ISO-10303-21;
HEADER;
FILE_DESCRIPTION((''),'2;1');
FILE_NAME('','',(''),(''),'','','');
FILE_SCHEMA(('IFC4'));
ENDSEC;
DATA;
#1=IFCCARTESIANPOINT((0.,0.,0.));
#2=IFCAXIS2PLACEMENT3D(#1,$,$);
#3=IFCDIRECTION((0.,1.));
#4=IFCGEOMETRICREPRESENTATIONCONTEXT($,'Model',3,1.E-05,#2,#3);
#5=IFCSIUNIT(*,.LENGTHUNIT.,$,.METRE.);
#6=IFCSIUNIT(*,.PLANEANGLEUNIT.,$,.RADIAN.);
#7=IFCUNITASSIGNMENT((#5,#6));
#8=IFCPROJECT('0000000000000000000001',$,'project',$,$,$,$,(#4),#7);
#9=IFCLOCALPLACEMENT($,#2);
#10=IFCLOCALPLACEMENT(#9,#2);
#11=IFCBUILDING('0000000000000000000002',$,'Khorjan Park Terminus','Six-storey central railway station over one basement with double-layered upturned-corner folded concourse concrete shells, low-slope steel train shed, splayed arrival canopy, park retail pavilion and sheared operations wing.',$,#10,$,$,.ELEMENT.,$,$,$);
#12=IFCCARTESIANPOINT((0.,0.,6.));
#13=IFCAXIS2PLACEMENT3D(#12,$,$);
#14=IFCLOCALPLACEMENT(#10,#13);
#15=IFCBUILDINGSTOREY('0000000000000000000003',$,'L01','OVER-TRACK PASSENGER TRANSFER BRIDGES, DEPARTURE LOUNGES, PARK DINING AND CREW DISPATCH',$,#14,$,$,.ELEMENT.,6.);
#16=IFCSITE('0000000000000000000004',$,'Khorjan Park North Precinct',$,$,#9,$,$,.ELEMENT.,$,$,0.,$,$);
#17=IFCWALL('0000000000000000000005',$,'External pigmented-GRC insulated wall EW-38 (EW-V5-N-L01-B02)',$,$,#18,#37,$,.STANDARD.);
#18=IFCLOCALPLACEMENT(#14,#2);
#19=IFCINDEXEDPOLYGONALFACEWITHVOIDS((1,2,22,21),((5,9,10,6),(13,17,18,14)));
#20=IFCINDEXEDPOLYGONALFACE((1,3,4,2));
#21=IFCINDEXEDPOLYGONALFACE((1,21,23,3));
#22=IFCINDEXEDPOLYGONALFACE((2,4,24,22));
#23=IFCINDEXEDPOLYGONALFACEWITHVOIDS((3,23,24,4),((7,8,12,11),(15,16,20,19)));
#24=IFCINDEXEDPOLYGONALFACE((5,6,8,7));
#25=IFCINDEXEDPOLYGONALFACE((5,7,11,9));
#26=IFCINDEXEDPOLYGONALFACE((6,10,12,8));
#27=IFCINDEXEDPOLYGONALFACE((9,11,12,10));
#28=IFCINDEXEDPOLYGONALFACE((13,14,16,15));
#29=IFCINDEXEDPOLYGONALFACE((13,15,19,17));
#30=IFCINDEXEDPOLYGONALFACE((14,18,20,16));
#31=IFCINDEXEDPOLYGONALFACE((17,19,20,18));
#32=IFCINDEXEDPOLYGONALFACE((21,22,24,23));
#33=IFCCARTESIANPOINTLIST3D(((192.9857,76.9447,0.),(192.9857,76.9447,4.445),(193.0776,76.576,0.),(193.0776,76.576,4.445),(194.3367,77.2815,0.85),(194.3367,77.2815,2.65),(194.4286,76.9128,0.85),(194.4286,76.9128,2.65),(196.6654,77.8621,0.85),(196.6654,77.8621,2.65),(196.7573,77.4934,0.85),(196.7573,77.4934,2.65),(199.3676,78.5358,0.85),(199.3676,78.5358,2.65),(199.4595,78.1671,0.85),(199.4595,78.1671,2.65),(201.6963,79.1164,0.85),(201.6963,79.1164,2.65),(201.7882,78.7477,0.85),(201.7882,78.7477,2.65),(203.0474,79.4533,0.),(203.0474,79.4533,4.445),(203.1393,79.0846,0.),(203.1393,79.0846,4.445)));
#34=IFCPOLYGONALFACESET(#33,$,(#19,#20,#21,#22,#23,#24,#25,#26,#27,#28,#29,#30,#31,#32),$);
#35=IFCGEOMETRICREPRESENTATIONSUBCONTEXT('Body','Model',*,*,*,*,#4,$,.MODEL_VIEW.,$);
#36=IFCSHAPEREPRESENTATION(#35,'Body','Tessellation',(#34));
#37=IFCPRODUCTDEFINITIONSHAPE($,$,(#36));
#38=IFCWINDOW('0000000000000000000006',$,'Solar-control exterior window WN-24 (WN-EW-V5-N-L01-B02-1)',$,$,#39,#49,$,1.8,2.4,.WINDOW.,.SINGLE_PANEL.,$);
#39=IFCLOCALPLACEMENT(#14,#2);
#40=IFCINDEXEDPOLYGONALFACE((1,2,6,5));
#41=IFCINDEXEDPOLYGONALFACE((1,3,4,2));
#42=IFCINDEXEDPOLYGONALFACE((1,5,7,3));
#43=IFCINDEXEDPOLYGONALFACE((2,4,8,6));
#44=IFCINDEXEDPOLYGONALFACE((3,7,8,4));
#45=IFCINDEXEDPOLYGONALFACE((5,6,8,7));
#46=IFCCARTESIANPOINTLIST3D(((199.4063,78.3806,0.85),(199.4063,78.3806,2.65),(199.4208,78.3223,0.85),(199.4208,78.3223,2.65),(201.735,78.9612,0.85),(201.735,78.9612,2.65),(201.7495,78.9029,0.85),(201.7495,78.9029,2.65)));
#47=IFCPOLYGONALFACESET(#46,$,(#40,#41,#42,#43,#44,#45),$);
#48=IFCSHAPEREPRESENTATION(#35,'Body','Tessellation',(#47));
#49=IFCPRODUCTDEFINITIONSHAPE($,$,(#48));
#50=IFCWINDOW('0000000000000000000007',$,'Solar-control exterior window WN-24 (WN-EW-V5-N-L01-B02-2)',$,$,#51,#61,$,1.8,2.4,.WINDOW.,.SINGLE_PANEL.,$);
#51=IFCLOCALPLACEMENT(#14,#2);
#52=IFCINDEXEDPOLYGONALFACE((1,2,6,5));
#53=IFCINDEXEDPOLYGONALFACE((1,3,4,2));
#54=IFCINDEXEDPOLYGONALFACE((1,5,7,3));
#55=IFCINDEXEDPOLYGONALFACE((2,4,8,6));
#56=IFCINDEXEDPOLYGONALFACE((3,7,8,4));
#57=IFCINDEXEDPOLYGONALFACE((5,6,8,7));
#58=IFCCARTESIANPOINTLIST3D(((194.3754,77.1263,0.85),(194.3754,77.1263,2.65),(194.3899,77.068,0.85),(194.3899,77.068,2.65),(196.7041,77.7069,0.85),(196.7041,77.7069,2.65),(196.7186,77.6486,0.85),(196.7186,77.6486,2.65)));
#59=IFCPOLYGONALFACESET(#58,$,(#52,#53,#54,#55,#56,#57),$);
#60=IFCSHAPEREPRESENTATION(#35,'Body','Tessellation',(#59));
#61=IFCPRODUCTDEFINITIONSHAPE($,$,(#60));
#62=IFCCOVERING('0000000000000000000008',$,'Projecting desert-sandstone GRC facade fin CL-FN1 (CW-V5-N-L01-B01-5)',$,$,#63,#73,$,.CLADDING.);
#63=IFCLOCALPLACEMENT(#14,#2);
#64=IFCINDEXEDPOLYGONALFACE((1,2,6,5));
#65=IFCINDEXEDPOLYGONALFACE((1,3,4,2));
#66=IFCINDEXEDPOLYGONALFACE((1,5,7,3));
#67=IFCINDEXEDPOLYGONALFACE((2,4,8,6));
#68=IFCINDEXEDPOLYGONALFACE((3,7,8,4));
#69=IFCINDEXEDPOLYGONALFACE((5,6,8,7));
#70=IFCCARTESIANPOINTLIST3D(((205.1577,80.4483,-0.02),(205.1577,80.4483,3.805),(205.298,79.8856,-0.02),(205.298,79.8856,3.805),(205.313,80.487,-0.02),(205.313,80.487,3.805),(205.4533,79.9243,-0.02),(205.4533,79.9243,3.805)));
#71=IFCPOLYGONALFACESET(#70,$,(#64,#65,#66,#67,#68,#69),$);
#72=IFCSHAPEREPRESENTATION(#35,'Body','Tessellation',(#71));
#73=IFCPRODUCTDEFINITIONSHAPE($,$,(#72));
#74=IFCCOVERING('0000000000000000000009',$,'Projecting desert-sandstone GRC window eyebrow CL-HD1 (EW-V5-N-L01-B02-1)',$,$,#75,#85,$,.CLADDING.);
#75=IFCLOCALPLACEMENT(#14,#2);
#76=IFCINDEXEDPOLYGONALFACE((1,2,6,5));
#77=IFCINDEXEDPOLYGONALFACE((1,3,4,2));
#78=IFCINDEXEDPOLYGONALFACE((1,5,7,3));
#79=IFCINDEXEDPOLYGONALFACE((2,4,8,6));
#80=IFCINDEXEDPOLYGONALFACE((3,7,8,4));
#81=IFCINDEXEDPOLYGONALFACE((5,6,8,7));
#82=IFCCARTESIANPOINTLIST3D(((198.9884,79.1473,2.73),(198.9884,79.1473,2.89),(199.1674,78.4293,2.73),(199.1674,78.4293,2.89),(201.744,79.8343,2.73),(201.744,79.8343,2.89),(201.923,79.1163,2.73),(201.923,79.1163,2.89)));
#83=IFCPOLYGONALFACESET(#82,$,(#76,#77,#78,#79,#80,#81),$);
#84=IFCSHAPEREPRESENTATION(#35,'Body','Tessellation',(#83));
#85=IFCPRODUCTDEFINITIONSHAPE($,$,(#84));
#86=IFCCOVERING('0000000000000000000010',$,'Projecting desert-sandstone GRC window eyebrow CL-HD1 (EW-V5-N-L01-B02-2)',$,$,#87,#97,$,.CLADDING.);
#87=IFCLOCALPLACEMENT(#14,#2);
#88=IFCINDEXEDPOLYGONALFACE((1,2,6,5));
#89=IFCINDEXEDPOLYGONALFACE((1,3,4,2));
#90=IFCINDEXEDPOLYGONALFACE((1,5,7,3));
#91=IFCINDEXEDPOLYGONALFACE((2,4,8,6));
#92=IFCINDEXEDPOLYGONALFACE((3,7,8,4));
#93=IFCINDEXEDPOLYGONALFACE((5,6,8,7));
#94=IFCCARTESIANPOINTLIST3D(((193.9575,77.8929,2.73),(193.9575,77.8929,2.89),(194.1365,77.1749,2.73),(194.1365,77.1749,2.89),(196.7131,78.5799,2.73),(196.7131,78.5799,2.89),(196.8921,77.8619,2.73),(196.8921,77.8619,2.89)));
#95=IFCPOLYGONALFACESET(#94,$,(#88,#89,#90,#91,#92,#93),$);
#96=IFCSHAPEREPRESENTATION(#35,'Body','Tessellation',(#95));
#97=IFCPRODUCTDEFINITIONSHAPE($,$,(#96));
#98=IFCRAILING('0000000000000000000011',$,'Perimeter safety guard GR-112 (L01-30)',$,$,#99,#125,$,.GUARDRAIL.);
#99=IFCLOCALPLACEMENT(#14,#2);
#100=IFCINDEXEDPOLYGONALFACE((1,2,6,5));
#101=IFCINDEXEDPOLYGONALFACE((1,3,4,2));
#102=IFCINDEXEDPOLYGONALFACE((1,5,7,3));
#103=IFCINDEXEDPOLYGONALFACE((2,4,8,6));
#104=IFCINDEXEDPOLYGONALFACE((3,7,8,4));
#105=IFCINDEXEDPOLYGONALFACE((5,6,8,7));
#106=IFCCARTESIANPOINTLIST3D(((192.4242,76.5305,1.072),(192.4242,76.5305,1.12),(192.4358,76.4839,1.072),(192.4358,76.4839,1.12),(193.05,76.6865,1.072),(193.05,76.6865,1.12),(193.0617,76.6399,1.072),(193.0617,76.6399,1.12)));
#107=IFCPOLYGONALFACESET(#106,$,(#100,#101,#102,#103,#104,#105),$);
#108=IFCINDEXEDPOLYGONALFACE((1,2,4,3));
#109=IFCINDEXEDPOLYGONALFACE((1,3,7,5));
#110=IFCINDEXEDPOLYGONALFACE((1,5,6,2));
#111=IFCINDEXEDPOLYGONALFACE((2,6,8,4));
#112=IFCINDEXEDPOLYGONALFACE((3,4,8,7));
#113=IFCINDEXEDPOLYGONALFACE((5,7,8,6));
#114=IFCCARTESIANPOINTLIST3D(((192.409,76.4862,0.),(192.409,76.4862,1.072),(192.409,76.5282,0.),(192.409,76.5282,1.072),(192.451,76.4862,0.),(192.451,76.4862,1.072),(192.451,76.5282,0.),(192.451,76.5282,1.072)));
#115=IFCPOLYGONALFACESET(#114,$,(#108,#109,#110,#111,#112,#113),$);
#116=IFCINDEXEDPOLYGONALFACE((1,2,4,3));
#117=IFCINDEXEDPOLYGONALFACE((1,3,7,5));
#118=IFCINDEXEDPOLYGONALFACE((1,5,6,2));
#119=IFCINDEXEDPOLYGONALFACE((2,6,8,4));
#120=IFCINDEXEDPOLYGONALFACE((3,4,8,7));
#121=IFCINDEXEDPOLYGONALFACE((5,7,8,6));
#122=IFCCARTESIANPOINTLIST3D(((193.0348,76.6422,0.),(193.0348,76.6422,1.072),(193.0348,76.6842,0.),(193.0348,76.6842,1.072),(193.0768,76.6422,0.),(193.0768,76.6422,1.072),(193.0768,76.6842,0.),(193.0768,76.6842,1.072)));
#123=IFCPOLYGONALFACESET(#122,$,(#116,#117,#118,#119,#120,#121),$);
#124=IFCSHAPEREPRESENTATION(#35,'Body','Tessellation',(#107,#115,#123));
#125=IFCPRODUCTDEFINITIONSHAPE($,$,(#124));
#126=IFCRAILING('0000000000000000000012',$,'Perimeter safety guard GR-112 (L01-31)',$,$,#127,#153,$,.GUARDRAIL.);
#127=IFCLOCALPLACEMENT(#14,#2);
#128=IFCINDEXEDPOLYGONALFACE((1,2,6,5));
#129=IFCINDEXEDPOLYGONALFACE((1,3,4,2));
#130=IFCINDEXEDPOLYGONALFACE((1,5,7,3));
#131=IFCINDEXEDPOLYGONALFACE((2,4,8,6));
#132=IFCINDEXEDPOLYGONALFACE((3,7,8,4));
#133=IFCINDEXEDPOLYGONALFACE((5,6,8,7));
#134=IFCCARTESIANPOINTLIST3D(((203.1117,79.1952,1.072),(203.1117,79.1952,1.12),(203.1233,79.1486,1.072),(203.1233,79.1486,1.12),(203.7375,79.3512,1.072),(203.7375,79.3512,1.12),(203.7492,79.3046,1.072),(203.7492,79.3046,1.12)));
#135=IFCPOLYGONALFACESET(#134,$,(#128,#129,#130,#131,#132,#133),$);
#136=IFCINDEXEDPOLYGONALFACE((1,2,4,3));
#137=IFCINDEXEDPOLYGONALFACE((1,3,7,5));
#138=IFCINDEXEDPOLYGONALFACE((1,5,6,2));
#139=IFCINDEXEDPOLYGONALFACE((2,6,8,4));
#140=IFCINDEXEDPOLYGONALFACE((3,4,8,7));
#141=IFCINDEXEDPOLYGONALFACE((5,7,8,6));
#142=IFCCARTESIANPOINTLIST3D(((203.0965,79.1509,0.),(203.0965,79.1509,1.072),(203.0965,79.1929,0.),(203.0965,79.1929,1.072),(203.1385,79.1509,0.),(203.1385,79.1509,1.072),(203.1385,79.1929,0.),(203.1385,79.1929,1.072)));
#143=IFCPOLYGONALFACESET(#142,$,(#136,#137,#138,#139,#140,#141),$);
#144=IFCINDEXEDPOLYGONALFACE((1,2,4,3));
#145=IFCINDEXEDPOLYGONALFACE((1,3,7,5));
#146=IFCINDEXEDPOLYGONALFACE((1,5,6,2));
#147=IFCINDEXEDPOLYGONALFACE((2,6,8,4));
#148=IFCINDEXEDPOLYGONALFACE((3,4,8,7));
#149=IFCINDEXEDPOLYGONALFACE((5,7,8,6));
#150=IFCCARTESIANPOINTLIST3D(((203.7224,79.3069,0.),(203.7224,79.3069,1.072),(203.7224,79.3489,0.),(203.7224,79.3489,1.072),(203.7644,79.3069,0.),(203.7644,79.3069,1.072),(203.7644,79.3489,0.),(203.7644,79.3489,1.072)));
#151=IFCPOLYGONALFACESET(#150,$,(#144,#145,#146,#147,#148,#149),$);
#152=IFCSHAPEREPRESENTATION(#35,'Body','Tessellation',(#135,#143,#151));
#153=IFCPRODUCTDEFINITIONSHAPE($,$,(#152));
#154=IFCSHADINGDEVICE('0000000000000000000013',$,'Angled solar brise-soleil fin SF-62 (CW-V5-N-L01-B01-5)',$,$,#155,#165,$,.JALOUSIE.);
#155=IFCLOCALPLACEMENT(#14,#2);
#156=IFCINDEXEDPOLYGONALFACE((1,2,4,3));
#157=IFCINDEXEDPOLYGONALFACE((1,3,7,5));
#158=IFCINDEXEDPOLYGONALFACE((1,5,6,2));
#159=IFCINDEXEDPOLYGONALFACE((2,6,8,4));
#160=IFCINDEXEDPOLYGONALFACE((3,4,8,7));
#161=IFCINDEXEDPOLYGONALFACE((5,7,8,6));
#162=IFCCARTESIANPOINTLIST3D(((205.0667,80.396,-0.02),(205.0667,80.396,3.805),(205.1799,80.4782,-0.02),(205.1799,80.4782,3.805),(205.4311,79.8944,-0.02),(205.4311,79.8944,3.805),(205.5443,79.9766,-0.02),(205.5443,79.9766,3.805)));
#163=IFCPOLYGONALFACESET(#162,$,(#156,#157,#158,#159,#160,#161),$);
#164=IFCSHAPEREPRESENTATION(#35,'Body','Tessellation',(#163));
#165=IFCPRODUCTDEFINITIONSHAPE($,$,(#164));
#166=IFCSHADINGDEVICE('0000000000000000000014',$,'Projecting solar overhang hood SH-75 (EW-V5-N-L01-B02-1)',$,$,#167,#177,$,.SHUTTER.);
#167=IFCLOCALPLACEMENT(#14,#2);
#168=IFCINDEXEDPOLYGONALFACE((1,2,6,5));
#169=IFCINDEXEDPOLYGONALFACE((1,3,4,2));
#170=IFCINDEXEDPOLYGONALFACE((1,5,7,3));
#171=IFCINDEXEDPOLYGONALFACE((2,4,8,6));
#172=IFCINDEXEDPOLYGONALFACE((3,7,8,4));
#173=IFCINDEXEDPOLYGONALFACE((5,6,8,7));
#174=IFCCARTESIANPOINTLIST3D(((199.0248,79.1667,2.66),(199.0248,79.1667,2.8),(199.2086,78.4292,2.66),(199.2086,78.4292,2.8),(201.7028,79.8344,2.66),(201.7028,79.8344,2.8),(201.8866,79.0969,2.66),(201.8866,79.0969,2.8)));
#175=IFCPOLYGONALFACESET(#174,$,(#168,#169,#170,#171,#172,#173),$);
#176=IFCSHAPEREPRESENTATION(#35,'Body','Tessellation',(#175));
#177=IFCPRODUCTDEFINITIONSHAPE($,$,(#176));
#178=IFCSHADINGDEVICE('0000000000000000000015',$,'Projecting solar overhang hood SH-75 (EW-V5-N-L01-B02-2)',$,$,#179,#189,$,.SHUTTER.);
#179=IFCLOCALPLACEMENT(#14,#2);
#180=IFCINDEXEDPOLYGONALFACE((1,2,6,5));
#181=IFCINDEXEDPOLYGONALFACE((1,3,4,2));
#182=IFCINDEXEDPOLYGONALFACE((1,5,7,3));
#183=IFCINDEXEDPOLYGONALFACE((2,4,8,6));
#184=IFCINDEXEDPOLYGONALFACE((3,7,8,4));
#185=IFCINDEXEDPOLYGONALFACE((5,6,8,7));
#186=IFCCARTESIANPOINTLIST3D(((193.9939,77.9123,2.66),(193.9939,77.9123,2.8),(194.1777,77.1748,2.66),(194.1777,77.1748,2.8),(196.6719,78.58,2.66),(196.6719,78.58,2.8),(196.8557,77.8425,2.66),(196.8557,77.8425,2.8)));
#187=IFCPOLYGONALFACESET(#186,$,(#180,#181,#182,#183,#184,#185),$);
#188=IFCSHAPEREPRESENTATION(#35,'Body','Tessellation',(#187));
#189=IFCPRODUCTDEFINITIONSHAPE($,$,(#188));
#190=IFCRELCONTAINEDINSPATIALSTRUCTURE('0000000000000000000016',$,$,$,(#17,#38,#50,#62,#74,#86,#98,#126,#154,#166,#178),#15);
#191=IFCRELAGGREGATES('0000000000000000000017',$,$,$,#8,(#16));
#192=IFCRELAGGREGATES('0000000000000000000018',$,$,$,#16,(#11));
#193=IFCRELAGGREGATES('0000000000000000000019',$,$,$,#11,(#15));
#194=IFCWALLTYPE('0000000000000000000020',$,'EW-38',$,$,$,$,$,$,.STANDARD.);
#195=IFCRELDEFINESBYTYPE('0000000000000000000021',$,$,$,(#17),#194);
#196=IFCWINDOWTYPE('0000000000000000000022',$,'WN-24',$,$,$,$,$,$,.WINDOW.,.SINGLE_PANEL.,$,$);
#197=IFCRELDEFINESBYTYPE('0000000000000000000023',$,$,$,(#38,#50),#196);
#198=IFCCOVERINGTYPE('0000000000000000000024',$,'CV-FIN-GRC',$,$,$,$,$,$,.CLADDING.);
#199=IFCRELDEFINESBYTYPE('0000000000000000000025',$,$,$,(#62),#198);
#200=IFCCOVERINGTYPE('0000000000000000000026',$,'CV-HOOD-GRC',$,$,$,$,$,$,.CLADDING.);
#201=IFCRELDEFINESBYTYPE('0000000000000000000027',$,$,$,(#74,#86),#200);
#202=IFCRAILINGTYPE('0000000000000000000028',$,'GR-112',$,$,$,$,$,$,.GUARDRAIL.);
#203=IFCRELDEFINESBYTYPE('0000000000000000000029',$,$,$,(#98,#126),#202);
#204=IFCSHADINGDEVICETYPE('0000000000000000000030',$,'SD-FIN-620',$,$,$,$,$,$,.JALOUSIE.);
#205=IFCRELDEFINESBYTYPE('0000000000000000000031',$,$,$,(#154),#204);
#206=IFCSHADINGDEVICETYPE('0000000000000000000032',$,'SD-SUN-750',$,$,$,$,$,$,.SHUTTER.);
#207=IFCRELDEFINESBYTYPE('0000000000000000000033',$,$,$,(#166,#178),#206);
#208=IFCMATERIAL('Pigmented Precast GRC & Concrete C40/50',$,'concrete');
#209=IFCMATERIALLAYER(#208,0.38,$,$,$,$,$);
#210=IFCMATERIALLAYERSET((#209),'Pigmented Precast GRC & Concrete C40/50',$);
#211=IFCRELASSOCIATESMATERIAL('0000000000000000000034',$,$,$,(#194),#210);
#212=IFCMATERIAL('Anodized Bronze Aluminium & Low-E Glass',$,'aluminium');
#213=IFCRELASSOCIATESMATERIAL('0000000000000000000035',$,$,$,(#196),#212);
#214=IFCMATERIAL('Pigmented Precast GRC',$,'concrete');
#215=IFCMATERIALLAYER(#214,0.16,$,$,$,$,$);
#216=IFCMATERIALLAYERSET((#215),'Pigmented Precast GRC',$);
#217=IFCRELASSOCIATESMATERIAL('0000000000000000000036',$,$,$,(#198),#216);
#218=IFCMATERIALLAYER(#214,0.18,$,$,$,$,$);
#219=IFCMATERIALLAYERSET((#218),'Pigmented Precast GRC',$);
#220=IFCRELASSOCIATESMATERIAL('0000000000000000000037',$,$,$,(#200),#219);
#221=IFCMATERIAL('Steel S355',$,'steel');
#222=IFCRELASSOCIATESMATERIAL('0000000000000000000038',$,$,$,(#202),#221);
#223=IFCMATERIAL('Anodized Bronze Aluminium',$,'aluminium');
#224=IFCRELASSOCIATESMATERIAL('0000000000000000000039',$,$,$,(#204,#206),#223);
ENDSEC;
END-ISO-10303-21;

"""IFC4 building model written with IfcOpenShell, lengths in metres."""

from ifc_helpers import new_model, si_unit, direction, frame, frame_2d, origin, origin_2d, place, context, subcontext, project, spatial, rectangle, extrude, material, layer, layer_set, type_object, element, fill, save


model = new_model("IFC4")

# Units and contexts
model_context = context("Model", 3, precision=1e-05, world=origin(), true_north=direction((0.0, 1.0)))
body_context = subcontext(model_context, "Body", "Model", "MODEL_VIEW")
ifc_project = project(units=[si_unit("LENGTHUNIT", "METRE"), si_unit("PLANEANGLEUNIT", "RADIAN")], contexts=[model_context])

# Site, building, storey
site_placement = place(None, origin())
site = spatial("IfcSite", under=ifc_project, at=site_placement, Name="Khorjan Park North Precinct", CompositionType="ELEMENT", RefElevation=0.0)
building_placement = place(site_placement, origin())
building = spatial("IfcBuilding", under=site, at=building_placement, Name="Khorjan Park Terminus", Description="Six-storey central railway station over one basement with double-layered upturned-corner folded concourse concrete shells, low-slope steel train shed, splayed arrival canopy, park retail pavilion and sheared operations wing.", CompositionType="ELEMENT")
storey_placement = place(building_placement, frame((0.0, 0.0, 6.0)))
storey = spatial("IfcBuildingStorey", under=building, at=storey_placement, Name="L01", Description="OVER-TRACK PASSENGER TRANSFER BRIDGES, DEPARTURE LOUNGES, PARK DINING AND CREW DISPATCH", CompositionType="ELEMENT", Elevation=6.0)

# Shared definitions
ifc_material_1 = material(Name="Steel S355", Category="steel")

# Shared definitions
ifc_material_2 = material(Name="Anodized Bronze Aluminium", Category="aluminium")

# Wall, openings, windows
ifc_material_3 = material(Name="Pigmented Precast GRC & Concrete C40/50", Category="concrete")
ifc_layer_1 = layer(ifc_material_3, 0.38)
ifc_layer_set_1 = layer_set([ifc_layer_1], Name="Pigmented Precast GRC & Concrete C40/50")
wall_type = type_object("IfcWallType", Name="EW-38", PredefinedType="STANDARD", material=ifc_layer_set_1)
wall_placement = place(storey_placement, frame((203.0933, 79.2689, 0.0), z_axis=(0.0, 0.0, 1.0), x_axis=(-0.970297, -0.241916, 0.0)))
wall = element("IfcWall", 1, at=wall_placement, inside=storey, type_object=wall_type, Name="External pigmented-GRC insulated wall EW-38 (EW-V5-N-L01-B02)", PredefinedType="STANDARD", context=body_context, shape_type="SweptSolid", body=[
    extrude(rectangle(XDim=10.3697, YDim=0.38, at=frame_2d((5.1848, 0.0))), origin(), (0.0, 0.0, 1.0), 4.445),
])
opening_1_placement = place(wall_placement, frame((1.3924, 0.0, 0.85)))
opening_1 = element("IfcOpeningElement", 2, at=opening_1_placement, cuts=wall, PredefinedType="OPENING", context=body_context, shape_type="SweptSolid", body=[
    extrude(rectangle(XDim=2.4, YDim=1.8, at=frame_2d((1.2, 0.9))), frame((0.0, 0.2, 0.0), z_axis=(0.0, -1.0, 0.0), x_axis=(1.0, 0.0, 0.0)), (0.0, 0.0, 1.0), 0.4),
])
opening_2_placement = place(wall_placement, frame((6.5773, 0.0, 0.85)))
opening_2 = element("IfcOpeningElement", 3, at=opening_2_placement, cuts=wall, PredefinedType="OPENING", context=body_context, shape_type="SweptSolid", body=[
    extrude(rectangle(XDim=2.4, YDim=1.8, at=frame_2d((1.2, 0.9))), frame((0.0, 0.2, 0.0), z_axis=(0.0, -1.0, 0.0), x_axis=(1.0, 0.0, 0.0)), (0.0, 0.0, 1.0), 0.4),
])
ifc_material_4 = material(Name="Anodized Bronze Aluminium & Low-E Glass", Category="aluminium")
window_type = type_object("IfcWindowType", Name="WN-24", PartitioningType="SINGLE_PANEL", PredefinedType="WINDOW", material=ifc_material_4)
window_1_placement = place(opening_1_placement, origin())
window_1 = element("IfcWindow", 4, at=window_1_placement, inside=storey, type_object=window_type, Name="Solar-control exterior window WN-24 (WN-EW-V5-N-L01-B02-1)", OverallHeight=1.8, OverallWidth=2.4, PartitioningType="SINGLE_PANEL", PredefinedType="WINDOW", context=body_context, shape_type="SweptSolid", body=[
    extrude(rectangle(XDim=2.4, YDim=1.8, at=frame_2d((1.2, 0.9))), frame((0.0, 0.03, 0.0), z_axis=(0.0, -1.0, 0.0), x_axis=(1.0, 0.0, 0.0)), (0.0, 0.0, 1.0), 0.06),
])
fill(opening_1, window_1)
window_2_placement = place(opening_2_placement, origin())
window_2 = element("IfcWindow", 5, at=window_2_placement, inside=storey, type_object=window_type, Name="Solar-control exterior window WN-24 (WN-EW-V5-N-L01-B02-2)", OverallHeight=1.8, OverallWidth=2.4, PartitioningType="SINGLE_PANEL", PredefinedType="WINDOW", context=body_context, shape_type="SweptSolid", body=[
    extrude(rectangle(XDim=2.4, YDim=1.8, at=frame_2d((1.2, 0.9))), frame((0.0, 0.03, 0.0), z_axis=(0.0, -1.0, 0.0), x_axis=(1.0, 0.0, 0.0)), (0.0, 0.0, 1.0), 0.06),
])
fill(opening_2, window_2)

# Coverings
ifc_material_5 = material(Name="Pigmented Precast GRC", Category="concrete")
ifc_layer_2 = layer(ifc_material_5, 0.16)
ifc_layer_set_2 = layer_set([ifc_layer_2], Name="Pigmented Precast GRC")
covering_type_1 = type_object("IfcCoveringType", Name="CV-FIN-GRC", PredefinedType="CLADDING", material=ifc_layer_set_2)
covering_placement = place(storey_placement, frame((205.3055, 80.1863, -0.02), z_axis=(0.0, 0.0, 1.0), x_axis=(0.241922, -0.970296, 0.0)))
element("IfcCovering", 6, at=covering_placement, inside=storey, type_object=covering_type_1, Name="Projecting desert-sandstone GRC facade fin CL-FN1 (CW-V5-N-L01-B01-5)", PredefinedType="CLADDING", context=body_context, shape_type="SweptSolid", body=[
    extrude(rectangle(XDim=0.58, YDim=0.16, at=origin_2d()), origin(), (0.0, 0.0, 1.0), 3.825),
])
ifc_layer_3 = layer(ifc_material_5, 0.18)
ifc_layer_set_3 = layer_set([ifc_layer_3], Name="Pigmented Precast GRC")
covering_type_2 = type_object("IfcCoveringType", Name="CV-HOOD-GRC", PredefinedType="CLADDING", material=ifc_layer_set_3)
for number, where, z_axis, x_axis, name in (
    (7, (200.4557, 79.1318, 2.73), (0.0, 0.0, 1.0), (-0.970297, -0.241916, 0.0), "Projecting desert-sandstone GRC window eyebrow CL-HD1 (EW-V5-N-L01-B02-1)"),
    (8, (195.4248, 77.8774, 2.73), (0.0, 0.0, 1.0), (-0.970297, -0.241916, 0.0), "Projecting desert-sandstone GRC window eyebrow CL-HD1 (EW-V5-N-L01-B02-2)"),
):
    element("IfcCovering", number, at=place(storey_placement, frame(where, z_axis=z_axis, x_axis=x_axis)), inside=storey, type_object=covering_type_2, Name=name, PredefinedType="CLADDING", context=body_context, shape_type="SweptSolid", body=[
        extrude(rectangle(XDim=2.84, YDim=0.74, at=origin_2d()), origin(), (0.0, 0.0, 1.0), 0.16),
    ])

# Railings
railing_type = type_object("IfcRailingType", Name="GR-112", PredefinedType="GUARDRAIL", material=ifc_material_1)
railing_1_placement = place(storey_placement, frame((192.43, 76.5072, 0.0)))
element("IfcRailing", 9, at=railing_1_placement, inside=storey, type_object=railing_type, Name="Perimeter safety guard GR-112 (L01-30)", PredefinedType="GUARDRAIL", context=body_context, shape_type="SweptSolid", body=[
    extrude(rectangle(XDim=0.048, YDim=0.048, at=origin_2d()), frame((0.0, 0.0, 1.096), z_axis=(0.970306, 0.241879, 0.0), x_axis=(-0.241879, 0.970306, 0.0)), (0.0, 0.0, 1.0), 0.645),
    extrude(rectangle(XDim=0.042, YDim=0.042, at=origin_2d()), origin(), (0.0, 0.0, 1.0), 1.072),
    extrude(rectangle(XDim=0.042, YDim=0.042, at=origin_2d()), frame((0.6258, 0.156, 0.0)), (0.0, 0.0, 1.0), 1.072),
])
railing_2_placement = place(storey_placement, frame((203.1175, 79.1719, 0.0)))
element("IfcRailing", 10, at=railing_2_placement, inside=storey, type_object=railing_type, Name="Perimeter safety guard GR-112 (L01-31)", PredefinedType="GUARDRAIL", context=body_context, shape_type="SweptSolid", body=[
    extrude(rectangle(XDim=0.048, YDim=0.048, at=origin_2d()), frame((0.0, 0.0, 1.096), z_axis=(0.970316, 0.241843, 0.0), x_axis=(-0.241843, 0.970316, 0.0)), (0.0, 0.0, 1.0), 0.645),
    extrude(rectangle(XDim=0.042, YDim=0.042, at=origin_2d()), origin(), (0.0, 0.0, 1.0), 1.072),
    extrude(rectangle(XDim=0.042, YDim=0.042, at=origin_2d()), frame((0.6259, 0.156, 0.0)), (0.0, 0.0, 1.0), 1.072),
])

# Shading devices
shading_device_type_1 = type_object("IfcShadingDeviceType", Name="SD-FIN-620", PredefinedType="JALOUSIE", material=ifc_material_2)
shading_device_placement = place(storey_placement, frame((205.3055, 80.1863, -0.02), z_axis=(0.0, 0.0, 1.0), x_axis=(0.587785, -0.809017, 0.0)))
element("IfcShadingDevice", 11, at=shading_device_placement, inside=storey, type_object=shading_device_type_1, Name="Angled solar brise-soleil fin SF-62 (CW-V5-N-L01-B01-5)", PredefinedType="JALOUSIE", context=body_context, shape_type="SweptSolid", body=[
    extrude(rectangle(XDim=0.62, YDim=0.14, at=origin_2d()), origin(), (0.0, 0.0, 1.0), 3.825),
])
shading_device_type_2 = type_object("IfcShadingDeviceType", Name="SD-SUN-750", PredefinedType="SHUTTER", material=ifc_material_2)
for number, where, z_axis, x_axis, name in (
    (12, (200.4557, 79.1318, 2.66), (0.0, 0.0, 1.0), (-0.970297, -0.241916, 0.0), "Projecting solar overhang hood SH-75 (EW-V5-N-L01-B02-1)"),
    (13, (195.4248, 77.8774, 2.66), (0.0, 0.0, 1.0), (-0.970297, -0.241916, 0.0), "Projecting solar overhang hood SH-75 (EW-V5-N-L01-B02-2)"),
):
    element("IfcShadingDevice", number, at=place(storey_placement, frame(where, z_axis=z_axis, x_axis=x_axis)), inside=storey, type_object=shading_device_type_2, Name=name, PredefinedType="SHUTTER", context=body_context, shape_type="SweptSolid", body=[
        extrude(rectangle(XDim=2.76, YDim=0.76, at=origin_2d()), origin(), (0.0, 0.0, 1.0), 0.14),
    ])

save(model, "model.ifc")
